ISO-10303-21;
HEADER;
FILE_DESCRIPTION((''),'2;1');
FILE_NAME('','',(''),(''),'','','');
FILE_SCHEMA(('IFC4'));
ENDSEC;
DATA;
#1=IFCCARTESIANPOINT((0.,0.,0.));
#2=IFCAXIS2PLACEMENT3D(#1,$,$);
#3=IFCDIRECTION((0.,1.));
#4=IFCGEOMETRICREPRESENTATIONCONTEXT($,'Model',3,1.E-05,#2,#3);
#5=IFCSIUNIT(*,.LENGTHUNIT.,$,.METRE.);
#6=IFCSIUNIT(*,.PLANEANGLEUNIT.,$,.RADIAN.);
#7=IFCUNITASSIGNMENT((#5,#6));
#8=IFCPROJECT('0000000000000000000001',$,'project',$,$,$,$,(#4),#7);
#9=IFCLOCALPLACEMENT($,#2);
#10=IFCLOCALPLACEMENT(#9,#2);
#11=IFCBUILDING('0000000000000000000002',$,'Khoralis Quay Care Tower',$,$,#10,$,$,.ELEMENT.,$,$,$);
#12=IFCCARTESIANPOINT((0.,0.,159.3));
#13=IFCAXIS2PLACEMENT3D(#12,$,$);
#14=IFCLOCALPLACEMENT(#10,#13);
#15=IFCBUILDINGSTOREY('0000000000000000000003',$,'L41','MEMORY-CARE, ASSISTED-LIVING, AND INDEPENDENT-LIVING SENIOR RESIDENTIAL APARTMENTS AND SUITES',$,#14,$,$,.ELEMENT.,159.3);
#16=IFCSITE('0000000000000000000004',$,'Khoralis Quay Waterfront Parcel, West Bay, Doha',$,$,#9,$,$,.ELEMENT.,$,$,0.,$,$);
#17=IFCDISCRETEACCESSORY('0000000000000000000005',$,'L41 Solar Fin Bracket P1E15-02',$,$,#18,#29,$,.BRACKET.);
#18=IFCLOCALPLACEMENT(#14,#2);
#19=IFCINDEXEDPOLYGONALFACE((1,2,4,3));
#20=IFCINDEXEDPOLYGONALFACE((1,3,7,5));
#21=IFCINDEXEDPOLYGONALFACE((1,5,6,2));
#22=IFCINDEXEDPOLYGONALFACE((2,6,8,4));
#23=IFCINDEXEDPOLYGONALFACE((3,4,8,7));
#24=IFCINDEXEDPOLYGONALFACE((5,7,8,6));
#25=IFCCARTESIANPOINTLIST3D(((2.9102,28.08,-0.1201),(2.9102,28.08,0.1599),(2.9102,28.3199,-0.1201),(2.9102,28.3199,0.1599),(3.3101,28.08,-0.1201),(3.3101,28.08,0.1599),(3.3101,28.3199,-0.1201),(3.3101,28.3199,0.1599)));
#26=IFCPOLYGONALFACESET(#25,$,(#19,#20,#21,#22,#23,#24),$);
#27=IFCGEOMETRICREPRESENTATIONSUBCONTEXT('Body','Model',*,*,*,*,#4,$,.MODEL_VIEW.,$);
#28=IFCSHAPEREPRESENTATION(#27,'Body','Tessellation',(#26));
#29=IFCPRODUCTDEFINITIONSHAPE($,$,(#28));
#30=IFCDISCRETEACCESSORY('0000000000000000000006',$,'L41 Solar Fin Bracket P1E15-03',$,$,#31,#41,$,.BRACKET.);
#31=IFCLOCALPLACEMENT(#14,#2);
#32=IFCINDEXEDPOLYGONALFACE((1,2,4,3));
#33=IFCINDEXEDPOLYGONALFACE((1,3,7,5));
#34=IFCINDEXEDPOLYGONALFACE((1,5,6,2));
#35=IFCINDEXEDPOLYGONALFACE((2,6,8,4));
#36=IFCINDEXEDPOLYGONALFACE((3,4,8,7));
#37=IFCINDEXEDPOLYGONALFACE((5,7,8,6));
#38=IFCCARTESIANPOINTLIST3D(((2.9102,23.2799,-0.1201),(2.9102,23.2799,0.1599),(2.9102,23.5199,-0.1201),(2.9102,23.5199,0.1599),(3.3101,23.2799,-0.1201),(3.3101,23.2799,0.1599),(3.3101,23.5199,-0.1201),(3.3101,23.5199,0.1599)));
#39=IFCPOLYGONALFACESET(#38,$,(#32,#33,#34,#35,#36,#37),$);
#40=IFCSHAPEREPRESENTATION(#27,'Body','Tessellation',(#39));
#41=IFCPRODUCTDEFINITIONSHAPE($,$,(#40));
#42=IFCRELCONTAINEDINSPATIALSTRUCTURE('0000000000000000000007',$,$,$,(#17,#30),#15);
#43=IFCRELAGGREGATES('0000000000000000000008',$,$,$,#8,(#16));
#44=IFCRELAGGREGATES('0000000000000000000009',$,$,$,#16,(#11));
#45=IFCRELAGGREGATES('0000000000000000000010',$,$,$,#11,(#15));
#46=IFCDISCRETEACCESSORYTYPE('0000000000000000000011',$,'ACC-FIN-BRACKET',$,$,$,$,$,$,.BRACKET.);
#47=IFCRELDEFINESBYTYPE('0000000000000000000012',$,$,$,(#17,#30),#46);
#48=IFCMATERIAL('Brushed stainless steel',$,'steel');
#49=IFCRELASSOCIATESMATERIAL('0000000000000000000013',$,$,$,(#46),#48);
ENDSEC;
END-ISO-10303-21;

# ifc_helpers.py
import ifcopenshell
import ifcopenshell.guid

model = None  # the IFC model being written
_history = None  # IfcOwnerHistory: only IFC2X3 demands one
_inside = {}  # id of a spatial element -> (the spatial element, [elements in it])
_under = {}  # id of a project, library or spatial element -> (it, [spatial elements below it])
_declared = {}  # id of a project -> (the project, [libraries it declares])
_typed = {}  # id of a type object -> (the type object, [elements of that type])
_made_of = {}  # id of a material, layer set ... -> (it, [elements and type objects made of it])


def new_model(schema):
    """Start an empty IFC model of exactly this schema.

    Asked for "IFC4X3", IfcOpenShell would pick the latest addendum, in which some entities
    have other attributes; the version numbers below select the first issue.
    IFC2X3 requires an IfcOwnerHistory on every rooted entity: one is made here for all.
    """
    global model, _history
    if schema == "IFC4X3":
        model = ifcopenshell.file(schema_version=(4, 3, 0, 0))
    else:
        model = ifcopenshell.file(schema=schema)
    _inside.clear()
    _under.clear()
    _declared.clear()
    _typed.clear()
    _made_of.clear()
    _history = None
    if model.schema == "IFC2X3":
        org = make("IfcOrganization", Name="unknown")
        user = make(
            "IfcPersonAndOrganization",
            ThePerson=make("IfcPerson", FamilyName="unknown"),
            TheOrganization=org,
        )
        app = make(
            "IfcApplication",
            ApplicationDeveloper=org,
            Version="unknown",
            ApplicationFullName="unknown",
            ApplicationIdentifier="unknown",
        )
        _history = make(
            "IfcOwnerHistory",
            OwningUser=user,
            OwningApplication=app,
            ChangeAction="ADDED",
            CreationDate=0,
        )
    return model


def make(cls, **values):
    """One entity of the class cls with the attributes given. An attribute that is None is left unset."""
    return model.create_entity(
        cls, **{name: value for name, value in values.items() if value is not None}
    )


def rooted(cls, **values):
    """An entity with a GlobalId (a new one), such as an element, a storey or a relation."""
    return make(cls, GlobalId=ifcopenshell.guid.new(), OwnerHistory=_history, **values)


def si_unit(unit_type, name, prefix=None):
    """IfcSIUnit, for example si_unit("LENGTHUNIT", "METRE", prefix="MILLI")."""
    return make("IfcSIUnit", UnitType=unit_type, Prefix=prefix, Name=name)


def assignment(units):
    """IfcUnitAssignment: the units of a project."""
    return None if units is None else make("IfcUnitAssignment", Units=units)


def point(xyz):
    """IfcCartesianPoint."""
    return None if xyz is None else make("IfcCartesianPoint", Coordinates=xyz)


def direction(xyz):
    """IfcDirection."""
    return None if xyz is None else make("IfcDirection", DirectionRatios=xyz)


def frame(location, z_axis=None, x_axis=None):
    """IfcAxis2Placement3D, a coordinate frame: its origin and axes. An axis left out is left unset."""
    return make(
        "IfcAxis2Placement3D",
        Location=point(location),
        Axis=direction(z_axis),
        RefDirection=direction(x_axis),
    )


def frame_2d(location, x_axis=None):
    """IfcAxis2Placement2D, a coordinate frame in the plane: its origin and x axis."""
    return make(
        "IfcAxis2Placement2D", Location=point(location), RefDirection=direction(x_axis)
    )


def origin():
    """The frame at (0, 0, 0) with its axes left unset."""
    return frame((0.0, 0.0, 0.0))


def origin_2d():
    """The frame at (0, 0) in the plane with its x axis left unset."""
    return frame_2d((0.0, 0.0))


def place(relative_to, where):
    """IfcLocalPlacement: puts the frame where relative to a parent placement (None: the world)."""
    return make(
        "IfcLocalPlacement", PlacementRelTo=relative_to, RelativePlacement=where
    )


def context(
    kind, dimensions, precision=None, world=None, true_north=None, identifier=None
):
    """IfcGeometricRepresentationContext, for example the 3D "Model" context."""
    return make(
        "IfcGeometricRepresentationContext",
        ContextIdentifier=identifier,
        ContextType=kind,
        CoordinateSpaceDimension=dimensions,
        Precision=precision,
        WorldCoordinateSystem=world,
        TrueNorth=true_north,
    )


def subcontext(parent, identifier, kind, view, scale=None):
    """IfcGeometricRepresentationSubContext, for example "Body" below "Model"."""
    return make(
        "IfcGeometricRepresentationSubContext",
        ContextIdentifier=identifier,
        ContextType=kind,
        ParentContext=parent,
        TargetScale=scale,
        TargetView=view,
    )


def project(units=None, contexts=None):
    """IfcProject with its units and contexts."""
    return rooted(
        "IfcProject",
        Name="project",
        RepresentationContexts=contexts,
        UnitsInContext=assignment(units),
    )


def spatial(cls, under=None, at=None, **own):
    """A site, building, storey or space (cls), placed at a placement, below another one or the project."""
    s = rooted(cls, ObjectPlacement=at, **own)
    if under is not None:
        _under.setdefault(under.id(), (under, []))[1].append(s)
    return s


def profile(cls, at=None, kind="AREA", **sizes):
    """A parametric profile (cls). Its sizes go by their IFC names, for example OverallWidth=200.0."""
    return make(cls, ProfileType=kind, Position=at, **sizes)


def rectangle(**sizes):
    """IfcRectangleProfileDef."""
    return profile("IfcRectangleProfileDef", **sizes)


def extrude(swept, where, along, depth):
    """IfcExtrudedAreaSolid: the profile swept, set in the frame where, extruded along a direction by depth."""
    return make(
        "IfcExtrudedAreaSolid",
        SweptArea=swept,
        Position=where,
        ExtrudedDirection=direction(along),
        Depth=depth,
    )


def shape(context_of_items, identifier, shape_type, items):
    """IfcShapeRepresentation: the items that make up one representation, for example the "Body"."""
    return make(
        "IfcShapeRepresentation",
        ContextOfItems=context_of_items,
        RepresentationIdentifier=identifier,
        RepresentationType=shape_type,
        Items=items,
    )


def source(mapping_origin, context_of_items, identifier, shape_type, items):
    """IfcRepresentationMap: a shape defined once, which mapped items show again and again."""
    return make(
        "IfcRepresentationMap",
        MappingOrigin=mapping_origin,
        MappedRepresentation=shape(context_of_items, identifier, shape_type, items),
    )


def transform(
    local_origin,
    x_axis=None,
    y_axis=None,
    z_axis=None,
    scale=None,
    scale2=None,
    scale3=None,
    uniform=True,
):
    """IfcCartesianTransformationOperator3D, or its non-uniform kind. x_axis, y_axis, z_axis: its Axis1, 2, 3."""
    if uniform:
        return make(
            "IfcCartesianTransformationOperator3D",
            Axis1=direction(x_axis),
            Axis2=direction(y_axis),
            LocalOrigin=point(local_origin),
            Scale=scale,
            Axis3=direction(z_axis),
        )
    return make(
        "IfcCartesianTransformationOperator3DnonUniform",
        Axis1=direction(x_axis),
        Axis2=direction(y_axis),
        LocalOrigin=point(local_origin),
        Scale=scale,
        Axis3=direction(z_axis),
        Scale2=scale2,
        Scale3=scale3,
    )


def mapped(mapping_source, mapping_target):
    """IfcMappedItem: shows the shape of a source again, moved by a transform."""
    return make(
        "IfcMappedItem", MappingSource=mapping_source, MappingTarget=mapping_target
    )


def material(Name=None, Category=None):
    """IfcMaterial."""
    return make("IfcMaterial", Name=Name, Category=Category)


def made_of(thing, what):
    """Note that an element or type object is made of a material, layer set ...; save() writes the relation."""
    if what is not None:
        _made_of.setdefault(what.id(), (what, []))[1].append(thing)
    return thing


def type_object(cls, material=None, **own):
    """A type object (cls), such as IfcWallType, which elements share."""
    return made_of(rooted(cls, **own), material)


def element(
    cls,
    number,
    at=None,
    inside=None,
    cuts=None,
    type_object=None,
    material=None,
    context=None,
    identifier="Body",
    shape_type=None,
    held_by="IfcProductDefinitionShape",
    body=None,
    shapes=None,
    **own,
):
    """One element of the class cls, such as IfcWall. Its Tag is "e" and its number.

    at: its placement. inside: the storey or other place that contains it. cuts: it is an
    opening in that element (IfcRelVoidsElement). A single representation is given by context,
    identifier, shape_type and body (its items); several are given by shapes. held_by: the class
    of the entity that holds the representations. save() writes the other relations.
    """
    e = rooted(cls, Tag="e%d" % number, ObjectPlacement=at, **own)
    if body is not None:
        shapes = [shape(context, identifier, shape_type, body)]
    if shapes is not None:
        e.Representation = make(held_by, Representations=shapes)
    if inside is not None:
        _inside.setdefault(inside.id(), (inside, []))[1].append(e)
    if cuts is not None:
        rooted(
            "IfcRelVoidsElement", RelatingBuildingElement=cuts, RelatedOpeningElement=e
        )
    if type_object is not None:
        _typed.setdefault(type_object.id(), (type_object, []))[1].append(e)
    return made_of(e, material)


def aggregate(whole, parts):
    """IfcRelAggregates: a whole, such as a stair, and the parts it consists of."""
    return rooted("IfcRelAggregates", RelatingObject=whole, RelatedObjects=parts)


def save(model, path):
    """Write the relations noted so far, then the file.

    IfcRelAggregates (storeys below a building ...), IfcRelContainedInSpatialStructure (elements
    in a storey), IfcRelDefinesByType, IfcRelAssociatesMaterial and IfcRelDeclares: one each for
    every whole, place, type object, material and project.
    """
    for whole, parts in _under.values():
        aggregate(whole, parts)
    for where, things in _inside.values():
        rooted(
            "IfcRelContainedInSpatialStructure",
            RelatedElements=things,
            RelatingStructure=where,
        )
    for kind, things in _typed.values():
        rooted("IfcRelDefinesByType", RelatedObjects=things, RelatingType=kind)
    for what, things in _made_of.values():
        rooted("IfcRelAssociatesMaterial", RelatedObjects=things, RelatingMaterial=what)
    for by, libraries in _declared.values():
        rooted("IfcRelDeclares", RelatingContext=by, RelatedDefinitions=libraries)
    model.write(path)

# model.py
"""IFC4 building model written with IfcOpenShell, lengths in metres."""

from ifc_helpers import new_model, si_unit, direction, frame, origin, origin_2d, place, context, subcontext, project, spatial, rectangle, extrude, source, transform, mapped, material, type_object, element, save


model = new_model("IFC4")

# Units and contexts
model_context = context("Model", 3, precision=1e-05, world=origin(), true_north=direction((0.0, 1.0)))
body_context = subcontext(model_context, "Body", "Model", "MODEL_VIEW")
ifc_project = project(units=[si_unit("LENGTHUNIT", "METRE"), si_unit("PLANEANGLEUNIT", "RADIAN")], contexts=[model_context])

# Site, building, storey
site_placement = place(None, origin())
site = spatial("IfcSite", under=ifc_project, at=site_placement, Name="Khoralis Quay Waterfront Parcel, West Bay, Doha", CompositionType="ELEMENT", RefElevation=0.0)
building_placement = place(site_placement, origin())
building = spatial("IfcBuilding", under=site, at=building_placement, Name="Khoralis Quay Care Tower", CompositionType="ELEMENT")
storey_placement = place(building_placement, frame((0.0, 0.0, 159.3)))
storey = spatial("IfcBuildingStorey", under=building, at=storey_placement, Name="L41", Description="MEMORY-CARE, ASSISTED-LIVING, AND INDEPENDENT-LIVING SENIOR RESIDENTIAL APARTMENTS AND SUITES", CompositionType="ELEMENT", Elevation=159.3)

# Discrete accessories
ifc_material_1 = material(Name="Brushed stainless steel", Category="steel")
discrete_accessory_type = type_object("IfcDiscreteAccessoryType", Name="ACC-FIN-BRACKET", PredefinedType="BRACKET", material=ifc_material_1)
shared_shape_1 = source(origin(), body_context, "Body", "SweptSolid", [
    extrude(rectangle(XDim=0.3999, YDim=0.24, at=origin_2d()), origin(), (0.0, 0.0, 1.0), 0.28),
])
for number, where, z_axis, x_axis, name in (
    (1, (3.1101, 28.2, -0.1201), (0.0, 0.0, 1.0), (-1.0, 0.0, 0.0), "L41 Solar Fin Bracket P1E15-02"),
    (2, (3.1101, 23.3999, -0.1201), (0.0, 0.0, 1.0), (-1.0, 0.0, 0.0), "L41 Solar Fin Bracket P1E15-03"),
):
    element("IfcDiscreteAccessory", number, at=place(storey_placement, frame(where, z_axis=z_axis, x_axis=x_axis)), inside=storey, type_object=discrete_accessory_type, Name=name, PredefinedType="BRACKET", context=body_context, shape_type="MappedRepresentation", body=[
        mapped(shared_shape_1, transform((0.0, 0.0, 0.0), scale=1.0)),
    ])

save(model, "model.ifc")
